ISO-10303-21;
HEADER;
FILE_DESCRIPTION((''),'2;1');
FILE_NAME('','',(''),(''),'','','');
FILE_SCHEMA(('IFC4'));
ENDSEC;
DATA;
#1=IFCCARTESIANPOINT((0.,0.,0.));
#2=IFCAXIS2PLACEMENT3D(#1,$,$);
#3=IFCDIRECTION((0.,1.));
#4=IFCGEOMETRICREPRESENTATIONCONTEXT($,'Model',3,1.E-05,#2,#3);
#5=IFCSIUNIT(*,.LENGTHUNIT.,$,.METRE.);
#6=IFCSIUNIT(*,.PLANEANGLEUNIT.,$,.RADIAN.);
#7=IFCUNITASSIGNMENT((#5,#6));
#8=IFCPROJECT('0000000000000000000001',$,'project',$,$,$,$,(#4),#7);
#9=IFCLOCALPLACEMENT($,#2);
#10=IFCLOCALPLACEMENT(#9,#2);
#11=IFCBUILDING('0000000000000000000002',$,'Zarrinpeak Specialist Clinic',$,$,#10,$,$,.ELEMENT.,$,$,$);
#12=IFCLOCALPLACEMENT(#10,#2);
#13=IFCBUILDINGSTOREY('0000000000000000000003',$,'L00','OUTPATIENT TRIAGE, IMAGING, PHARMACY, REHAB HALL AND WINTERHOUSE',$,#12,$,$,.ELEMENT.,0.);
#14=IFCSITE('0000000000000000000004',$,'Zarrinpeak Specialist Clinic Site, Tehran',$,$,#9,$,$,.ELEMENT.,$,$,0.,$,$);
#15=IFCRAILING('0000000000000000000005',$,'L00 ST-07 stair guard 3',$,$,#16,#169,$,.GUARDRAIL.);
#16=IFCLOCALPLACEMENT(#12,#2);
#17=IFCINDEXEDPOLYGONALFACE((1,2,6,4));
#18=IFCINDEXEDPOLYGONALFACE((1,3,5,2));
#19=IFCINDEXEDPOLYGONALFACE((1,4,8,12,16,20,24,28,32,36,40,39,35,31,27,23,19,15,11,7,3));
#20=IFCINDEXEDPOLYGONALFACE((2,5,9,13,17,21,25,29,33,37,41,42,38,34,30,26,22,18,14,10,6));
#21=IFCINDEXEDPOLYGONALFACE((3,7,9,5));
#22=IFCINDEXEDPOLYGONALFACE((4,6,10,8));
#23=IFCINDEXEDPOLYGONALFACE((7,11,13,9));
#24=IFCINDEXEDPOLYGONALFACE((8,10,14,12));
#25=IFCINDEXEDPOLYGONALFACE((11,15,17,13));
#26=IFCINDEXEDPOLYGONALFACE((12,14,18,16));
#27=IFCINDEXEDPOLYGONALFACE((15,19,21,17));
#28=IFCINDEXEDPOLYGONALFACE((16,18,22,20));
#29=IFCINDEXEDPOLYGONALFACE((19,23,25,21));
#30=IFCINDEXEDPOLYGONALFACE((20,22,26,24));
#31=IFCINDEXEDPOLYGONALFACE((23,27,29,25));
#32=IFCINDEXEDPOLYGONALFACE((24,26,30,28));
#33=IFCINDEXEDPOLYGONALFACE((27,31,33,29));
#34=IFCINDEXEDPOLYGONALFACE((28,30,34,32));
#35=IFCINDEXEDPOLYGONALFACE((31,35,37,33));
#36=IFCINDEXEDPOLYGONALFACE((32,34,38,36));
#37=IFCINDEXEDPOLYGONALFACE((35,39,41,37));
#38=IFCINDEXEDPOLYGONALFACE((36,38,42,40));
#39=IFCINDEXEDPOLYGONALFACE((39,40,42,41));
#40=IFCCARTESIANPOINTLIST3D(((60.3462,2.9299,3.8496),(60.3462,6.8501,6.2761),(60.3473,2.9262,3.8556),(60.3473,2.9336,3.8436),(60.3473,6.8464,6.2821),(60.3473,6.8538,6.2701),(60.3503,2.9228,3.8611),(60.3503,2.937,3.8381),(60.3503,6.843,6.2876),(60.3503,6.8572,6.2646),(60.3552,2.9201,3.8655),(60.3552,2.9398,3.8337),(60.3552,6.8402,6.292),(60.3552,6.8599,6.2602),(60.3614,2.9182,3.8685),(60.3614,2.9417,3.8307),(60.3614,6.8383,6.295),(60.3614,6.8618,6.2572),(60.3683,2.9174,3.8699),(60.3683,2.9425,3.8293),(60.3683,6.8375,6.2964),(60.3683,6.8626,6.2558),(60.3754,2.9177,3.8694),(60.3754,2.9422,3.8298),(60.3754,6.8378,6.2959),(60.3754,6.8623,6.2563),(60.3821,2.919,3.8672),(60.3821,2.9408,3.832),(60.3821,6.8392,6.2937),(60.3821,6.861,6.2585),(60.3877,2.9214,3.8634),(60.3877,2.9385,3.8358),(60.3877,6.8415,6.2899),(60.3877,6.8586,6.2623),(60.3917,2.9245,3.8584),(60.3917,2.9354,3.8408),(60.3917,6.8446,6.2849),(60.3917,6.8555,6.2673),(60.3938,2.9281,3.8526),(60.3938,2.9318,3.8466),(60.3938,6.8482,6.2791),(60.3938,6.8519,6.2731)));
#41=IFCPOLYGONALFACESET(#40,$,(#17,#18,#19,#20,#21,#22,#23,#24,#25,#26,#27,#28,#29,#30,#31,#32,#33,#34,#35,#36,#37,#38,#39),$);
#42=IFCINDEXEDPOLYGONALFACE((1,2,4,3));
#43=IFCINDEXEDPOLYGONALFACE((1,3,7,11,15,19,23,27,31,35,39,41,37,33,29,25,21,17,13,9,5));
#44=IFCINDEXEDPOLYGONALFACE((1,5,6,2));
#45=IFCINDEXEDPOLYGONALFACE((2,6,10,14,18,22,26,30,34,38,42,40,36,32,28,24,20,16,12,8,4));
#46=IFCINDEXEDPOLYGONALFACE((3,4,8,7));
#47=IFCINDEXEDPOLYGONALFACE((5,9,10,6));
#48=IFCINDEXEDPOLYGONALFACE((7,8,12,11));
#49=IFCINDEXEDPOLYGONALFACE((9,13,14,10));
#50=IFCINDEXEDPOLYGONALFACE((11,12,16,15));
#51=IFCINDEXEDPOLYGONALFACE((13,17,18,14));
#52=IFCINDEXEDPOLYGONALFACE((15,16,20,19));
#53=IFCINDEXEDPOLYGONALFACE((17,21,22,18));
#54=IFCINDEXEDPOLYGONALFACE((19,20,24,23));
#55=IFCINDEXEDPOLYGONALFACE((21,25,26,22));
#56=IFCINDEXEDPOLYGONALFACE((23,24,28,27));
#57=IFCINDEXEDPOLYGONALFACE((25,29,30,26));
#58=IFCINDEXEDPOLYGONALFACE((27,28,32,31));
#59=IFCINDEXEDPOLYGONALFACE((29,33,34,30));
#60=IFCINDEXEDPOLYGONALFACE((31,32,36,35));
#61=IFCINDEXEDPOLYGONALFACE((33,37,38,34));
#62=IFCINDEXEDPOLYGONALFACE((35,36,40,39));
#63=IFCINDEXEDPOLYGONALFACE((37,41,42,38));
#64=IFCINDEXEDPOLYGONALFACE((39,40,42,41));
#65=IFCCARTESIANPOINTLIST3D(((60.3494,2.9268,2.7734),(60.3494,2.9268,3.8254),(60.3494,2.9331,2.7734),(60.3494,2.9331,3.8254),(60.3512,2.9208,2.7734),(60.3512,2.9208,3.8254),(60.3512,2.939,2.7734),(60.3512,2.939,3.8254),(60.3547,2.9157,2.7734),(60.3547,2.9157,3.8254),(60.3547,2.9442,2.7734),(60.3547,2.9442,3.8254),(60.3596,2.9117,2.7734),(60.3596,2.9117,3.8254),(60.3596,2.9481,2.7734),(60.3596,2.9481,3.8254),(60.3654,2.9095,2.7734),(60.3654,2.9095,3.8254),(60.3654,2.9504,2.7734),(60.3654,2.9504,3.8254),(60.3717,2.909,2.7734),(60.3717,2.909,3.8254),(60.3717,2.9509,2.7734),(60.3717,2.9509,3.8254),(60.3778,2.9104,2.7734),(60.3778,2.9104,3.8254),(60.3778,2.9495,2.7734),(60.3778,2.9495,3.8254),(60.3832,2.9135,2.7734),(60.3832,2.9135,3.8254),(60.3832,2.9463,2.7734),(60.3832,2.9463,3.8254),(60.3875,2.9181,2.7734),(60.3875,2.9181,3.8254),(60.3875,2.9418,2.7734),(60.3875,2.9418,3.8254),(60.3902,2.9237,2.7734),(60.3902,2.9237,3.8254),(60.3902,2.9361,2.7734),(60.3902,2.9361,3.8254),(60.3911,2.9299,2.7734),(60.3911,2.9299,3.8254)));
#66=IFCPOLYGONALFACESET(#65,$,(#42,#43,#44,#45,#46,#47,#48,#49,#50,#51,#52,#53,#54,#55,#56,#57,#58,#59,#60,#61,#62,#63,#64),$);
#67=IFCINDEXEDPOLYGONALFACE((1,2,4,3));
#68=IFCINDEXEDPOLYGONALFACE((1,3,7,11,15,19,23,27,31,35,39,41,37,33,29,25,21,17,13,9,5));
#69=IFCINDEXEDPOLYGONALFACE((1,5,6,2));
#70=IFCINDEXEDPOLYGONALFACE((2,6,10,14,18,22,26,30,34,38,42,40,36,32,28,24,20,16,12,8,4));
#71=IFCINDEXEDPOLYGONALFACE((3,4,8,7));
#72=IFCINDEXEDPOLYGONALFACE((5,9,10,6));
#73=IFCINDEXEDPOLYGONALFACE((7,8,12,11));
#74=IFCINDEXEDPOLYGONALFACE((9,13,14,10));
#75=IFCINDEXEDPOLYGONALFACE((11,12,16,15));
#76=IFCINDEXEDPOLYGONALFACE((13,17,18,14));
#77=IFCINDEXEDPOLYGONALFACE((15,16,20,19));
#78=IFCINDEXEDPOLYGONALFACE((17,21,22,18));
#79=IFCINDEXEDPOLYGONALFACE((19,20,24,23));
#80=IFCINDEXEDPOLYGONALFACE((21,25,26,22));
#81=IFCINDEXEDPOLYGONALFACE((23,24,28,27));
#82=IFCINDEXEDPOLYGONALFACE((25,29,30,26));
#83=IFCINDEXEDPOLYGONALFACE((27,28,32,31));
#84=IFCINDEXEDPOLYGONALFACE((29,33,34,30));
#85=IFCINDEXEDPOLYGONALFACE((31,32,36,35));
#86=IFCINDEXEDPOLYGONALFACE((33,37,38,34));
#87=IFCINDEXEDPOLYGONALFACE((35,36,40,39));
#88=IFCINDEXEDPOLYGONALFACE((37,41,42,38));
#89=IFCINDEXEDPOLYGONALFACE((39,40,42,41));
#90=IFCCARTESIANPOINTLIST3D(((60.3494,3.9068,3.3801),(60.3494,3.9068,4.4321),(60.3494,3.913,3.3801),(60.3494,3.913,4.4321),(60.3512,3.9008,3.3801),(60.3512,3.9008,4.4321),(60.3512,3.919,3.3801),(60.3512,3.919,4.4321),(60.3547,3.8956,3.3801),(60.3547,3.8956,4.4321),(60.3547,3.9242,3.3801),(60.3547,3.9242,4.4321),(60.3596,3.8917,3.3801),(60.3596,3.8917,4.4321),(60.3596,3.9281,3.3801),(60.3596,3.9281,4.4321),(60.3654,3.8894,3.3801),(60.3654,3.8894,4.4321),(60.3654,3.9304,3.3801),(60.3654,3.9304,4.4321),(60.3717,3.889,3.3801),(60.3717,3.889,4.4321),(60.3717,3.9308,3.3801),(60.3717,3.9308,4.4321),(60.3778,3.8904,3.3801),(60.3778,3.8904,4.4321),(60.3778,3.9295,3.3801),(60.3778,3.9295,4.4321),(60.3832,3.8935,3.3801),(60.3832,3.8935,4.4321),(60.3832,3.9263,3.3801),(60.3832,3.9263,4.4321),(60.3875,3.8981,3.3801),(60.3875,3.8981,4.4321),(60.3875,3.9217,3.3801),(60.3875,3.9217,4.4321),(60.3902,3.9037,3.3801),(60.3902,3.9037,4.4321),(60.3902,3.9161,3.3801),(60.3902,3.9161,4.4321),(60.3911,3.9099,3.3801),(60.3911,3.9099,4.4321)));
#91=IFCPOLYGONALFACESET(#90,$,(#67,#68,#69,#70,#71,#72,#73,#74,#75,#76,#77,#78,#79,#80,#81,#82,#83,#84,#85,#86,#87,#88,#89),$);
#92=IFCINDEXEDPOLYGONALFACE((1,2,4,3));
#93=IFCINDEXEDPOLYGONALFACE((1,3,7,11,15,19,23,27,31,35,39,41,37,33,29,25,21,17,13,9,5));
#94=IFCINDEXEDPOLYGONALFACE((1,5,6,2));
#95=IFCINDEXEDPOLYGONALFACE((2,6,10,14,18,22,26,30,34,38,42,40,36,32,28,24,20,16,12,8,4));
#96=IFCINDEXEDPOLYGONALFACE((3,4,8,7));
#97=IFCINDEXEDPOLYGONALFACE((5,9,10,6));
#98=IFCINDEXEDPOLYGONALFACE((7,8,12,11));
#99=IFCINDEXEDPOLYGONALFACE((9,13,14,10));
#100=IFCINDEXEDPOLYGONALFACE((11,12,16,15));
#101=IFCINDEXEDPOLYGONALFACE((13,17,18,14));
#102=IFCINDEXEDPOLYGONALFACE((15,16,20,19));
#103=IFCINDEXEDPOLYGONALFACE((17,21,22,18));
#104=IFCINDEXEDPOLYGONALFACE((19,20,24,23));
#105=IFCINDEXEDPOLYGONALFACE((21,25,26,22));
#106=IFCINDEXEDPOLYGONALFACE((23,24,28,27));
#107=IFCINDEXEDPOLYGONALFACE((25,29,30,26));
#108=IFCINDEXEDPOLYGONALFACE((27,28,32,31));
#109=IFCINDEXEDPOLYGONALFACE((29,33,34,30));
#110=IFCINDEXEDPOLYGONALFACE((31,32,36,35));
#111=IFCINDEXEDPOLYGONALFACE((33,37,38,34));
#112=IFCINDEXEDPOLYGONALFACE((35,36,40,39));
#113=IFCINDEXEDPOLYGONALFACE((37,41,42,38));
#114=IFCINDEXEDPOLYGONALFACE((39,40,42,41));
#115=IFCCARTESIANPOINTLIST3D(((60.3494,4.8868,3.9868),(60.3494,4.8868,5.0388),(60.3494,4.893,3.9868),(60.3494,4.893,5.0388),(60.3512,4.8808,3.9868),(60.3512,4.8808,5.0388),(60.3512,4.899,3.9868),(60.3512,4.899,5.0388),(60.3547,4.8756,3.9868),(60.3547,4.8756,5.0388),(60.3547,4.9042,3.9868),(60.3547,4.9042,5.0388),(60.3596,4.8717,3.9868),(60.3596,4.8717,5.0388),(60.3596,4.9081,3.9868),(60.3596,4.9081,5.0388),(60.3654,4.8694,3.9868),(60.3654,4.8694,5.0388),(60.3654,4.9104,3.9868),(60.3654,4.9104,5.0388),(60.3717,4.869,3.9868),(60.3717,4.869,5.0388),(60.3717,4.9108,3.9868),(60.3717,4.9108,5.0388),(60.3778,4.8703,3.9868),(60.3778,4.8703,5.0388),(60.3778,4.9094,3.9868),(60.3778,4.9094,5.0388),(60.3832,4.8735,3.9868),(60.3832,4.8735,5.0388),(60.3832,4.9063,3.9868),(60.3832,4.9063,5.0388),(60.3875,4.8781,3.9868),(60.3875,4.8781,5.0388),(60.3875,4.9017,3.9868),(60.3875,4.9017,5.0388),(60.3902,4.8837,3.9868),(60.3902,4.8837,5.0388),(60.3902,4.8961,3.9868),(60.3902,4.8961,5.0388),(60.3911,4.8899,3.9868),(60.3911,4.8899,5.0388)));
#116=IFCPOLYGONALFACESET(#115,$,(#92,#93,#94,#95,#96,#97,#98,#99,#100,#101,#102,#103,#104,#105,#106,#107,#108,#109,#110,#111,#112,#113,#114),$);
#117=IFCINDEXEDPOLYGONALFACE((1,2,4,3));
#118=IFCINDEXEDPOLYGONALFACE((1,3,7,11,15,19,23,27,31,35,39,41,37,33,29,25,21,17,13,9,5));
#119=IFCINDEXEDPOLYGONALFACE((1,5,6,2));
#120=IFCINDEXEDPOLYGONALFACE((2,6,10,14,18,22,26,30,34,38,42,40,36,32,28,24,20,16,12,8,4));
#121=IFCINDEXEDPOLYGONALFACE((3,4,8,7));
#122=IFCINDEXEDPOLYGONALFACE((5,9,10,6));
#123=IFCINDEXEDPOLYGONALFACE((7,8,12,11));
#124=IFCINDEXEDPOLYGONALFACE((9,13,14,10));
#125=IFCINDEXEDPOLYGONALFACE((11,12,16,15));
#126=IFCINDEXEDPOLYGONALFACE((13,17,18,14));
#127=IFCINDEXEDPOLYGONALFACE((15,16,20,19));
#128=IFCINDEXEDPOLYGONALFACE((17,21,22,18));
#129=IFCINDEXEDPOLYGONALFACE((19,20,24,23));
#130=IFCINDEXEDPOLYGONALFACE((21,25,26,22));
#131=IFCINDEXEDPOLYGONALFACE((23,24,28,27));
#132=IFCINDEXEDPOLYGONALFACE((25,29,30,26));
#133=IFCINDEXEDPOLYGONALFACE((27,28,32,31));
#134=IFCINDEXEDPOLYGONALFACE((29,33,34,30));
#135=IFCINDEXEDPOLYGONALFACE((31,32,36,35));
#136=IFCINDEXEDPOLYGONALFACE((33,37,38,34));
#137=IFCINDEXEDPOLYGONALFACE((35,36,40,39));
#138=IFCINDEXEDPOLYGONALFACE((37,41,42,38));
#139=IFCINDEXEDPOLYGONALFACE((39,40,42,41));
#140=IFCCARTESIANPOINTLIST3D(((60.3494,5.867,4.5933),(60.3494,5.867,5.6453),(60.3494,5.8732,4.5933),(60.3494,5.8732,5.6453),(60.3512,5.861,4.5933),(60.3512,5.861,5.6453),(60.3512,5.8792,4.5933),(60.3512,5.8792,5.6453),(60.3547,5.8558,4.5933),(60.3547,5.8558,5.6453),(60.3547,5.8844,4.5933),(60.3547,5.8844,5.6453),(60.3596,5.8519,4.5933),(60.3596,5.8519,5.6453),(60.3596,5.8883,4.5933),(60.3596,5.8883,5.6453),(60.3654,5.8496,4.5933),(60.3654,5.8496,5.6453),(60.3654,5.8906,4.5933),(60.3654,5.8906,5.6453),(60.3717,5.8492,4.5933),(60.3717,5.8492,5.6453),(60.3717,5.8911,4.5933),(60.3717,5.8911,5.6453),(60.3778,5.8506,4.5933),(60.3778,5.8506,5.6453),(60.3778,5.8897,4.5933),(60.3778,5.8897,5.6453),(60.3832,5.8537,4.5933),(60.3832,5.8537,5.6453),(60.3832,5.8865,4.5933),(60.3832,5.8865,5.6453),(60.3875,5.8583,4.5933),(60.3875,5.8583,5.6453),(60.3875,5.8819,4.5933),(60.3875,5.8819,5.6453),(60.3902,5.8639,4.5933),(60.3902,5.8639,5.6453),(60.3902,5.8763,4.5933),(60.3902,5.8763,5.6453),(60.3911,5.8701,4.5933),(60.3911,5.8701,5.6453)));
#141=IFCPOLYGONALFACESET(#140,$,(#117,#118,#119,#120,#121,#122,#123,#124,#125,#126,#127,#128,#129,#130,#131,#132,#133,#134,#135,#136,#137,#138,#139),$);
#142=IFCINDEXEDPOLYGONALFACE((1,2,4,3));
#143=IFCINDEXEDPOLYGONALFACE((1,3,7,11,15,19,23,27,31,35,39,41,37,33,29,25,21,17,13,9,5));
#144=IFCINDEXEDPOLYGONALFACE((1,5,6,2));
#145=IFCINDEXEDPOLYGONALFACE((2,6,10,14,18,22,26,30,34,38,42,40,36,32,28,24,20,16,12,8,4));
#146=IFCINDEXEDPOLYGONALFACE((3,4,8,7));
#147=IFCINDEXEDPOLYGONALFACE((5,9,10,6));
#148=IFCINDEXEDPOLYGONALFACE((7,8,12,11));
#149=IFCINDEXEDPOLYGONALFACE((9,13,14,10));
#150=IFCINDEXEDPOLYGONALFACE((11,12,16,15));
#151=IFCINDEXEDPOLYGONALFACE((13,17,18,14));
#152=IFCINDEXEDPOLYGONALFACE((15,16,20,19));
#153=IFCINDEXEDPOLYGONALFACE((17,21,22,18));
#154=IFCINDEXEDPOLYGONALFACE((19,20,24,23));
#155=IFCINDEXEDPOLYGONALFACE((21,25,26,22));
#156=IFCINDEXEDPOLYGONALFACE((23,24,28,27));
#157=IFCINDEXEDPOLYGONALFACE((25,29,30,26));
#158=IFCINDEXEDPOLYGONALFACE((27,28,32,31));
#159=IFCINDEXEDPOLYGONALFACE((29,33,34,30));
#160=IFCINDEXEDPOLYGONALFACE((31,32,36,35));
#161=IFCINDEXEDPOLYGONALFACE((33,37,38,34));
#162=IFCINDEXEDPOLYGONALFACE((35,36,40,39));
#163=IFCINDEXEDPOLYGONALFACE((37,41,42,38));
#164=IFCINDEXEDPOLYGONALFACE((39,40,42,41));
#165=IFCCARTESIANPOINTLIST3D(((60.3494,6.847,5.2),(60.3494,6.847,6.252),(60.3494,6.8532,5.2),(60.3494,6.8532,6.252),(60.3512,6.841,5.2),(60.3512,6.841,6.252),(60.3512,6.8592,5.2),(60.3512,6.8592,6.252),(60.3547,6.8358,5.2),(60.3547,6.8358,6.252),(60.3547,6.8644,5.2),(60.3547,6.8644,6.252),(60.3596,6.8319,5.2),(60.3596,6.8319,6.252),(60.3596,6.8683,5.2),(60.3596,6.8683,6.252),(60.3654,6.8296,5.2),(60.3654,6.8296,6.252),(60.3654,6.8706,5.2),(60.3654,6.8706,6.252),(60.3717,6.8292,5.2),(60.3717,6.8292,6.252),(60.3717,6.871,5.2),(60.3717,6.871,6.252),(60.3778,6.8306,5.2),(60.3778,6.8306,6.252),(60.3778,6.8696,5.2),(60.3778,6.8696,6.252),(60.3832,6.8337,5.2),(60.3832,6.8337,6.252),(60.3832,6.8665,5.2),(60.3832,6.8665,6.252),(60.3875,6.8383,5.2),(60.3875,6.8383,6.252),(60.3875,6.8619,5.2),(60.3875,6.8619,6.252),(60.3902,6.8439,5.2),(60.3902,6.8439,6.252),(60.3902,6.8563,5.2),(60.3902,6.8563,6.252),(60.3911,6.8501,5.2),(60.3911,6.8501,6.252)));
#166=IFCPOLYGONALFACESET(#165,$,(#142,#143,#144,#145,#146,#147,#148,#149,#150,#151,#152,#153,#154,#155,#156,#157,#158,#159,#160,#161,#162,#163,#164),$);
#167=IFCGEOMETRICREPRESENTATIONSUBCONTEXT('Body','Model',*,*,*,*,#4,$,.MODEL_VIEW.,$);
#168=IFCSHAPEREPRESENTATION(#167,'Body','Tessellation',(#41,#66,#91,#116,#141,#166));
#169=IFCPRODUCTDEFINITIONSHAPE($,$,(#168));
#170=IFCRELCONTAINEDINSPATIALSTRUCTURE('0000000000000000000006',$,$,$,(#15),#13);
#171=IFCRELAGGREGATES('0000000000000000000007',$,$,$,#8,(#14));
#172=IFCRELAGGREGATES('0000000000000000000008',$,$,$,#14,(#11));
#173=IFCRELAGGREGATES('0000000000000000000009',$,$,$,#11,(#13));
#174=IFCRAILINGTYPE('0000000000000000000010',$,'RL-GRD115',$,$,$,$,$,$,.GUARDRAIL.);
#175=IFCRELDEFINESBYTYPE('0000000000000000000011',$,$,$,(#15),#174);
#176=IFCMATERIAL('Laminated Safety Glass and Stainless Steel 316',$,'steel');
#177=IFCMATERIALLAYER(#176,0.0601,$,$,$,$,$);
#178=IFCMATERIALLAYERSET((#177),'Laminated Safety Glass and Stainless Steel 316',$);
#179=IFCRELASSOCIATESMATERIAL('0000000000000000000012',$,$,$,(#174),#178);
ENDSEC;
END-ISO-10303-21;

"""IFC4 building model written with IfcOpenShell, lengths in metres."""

from ifc_helpers import new_model, si_unit, direction, frame, origin, origin_2d, place, context, subcontext, project, spatial, circle, extrude, material, layer, layer_set, type_object, element, save


model = new_model("IFC4")

# Units and contexts
model_context = context("Model", 3, precision=1e-05, world=origin(), true_north=direction((0.0, 1.0)))
body_context = subcontext(model_context, "Body", "Model", "MODEL_VIEW")
ifc_project = project(units=[si_unit("LENGTHUNIT", "METRE"), si_unit("PLANEANGLEUNIT", "RADIAN")], contexts=[model_context])

# Site, building, storey
site_placement = place(None, origin())
site = spatial("IfcSite", under=ifc_project, at=site_placement, Name="Zarrinpeak Specialist Clinic Site, Tehran", CompositionType="ELEMENT", RefElevation=0.0)
building_placement = place(site_placement, origin())
building = spatial("IfcBuilding", under=site, at=building_placement, Name="Zarrinpeak Specialist Clinic", CompositionType="ELEMENT")
storey_placement = place(building_placement, origin())
storey = spatial("IfcBuildingStorey", under=building, at=storey_placement, Name="L00", Description="OUTPATIENT TRIAGE, IMAGING, PHARMACY, REHAB HALL AND WINTERHOUSE", CompositionType="ELEMENT", Elevation=0.0)

# Railing
ifc_material_1 = material(Name="Laminated Safety Glass and Stainless Steel 316", Category="steel")
ifc_layer_1 = layer(ifc_material_1, 0.0601)
ifc_layer_set_1 = layer_set([ifc_layer_1], Name="Laminated Safety Glass and Stainless Steel 316")
railing_type_1 = type_object("IfcRailingType", Name="RL-GRD115", PredefinedType="GUARDRAIL", material=ifc_layer_set_1)
railing_1_placement = place(storey_placement, frame((60.3701, 2.9299, 2.7734)))
element("IfcRailing", 1, at=railing_1_placement, inside=storey, type_object=railing_type_1, Name="L00 ST-07 stair guard 3", PredefinedType="GUARDRAIL", context=body_context, shape_type="SweptSolid", body=[
    extrude(circle(Radius=0.0239, at=origin_2d()), frame((0.0, 0.0, 1.0762), z_axis=(0.0, 0.85029, 0.526315), x_axis=(-1.0, 0.0, 0.0)), (0.0, 0.0, 1.0), 4.6104),
    extrude(circle(Radius=0.021, at=origin_2d()), origin(), (0.0, 0.0, 1.0), 1.052),
    extrude(circle(Radius=0.021, at=origin_2d()), frame((0.0, 0.98, 0.6067)), (0.0, 0.0, 1.0), 1.052),
    extrude(circle(Radius=0.021, at=origin_2d()), frame((0.0, 1.96, 1.2134)), (0.0, 0.0, 1.0), 1.052),
    extrude(circle(Radius=0.021, at=origin_2d()), frame((0.0, 2.9402, 1.8198)), (0.0, 0.0, 1.0), 1.052),
    extrude(circle(Radius=0.021, at=origin_2d()), frame((0.0, 3.9202, 2.4265)), (0.0, 0.0, 1.0), 1.052),
])

save(model, "model.ifc")
